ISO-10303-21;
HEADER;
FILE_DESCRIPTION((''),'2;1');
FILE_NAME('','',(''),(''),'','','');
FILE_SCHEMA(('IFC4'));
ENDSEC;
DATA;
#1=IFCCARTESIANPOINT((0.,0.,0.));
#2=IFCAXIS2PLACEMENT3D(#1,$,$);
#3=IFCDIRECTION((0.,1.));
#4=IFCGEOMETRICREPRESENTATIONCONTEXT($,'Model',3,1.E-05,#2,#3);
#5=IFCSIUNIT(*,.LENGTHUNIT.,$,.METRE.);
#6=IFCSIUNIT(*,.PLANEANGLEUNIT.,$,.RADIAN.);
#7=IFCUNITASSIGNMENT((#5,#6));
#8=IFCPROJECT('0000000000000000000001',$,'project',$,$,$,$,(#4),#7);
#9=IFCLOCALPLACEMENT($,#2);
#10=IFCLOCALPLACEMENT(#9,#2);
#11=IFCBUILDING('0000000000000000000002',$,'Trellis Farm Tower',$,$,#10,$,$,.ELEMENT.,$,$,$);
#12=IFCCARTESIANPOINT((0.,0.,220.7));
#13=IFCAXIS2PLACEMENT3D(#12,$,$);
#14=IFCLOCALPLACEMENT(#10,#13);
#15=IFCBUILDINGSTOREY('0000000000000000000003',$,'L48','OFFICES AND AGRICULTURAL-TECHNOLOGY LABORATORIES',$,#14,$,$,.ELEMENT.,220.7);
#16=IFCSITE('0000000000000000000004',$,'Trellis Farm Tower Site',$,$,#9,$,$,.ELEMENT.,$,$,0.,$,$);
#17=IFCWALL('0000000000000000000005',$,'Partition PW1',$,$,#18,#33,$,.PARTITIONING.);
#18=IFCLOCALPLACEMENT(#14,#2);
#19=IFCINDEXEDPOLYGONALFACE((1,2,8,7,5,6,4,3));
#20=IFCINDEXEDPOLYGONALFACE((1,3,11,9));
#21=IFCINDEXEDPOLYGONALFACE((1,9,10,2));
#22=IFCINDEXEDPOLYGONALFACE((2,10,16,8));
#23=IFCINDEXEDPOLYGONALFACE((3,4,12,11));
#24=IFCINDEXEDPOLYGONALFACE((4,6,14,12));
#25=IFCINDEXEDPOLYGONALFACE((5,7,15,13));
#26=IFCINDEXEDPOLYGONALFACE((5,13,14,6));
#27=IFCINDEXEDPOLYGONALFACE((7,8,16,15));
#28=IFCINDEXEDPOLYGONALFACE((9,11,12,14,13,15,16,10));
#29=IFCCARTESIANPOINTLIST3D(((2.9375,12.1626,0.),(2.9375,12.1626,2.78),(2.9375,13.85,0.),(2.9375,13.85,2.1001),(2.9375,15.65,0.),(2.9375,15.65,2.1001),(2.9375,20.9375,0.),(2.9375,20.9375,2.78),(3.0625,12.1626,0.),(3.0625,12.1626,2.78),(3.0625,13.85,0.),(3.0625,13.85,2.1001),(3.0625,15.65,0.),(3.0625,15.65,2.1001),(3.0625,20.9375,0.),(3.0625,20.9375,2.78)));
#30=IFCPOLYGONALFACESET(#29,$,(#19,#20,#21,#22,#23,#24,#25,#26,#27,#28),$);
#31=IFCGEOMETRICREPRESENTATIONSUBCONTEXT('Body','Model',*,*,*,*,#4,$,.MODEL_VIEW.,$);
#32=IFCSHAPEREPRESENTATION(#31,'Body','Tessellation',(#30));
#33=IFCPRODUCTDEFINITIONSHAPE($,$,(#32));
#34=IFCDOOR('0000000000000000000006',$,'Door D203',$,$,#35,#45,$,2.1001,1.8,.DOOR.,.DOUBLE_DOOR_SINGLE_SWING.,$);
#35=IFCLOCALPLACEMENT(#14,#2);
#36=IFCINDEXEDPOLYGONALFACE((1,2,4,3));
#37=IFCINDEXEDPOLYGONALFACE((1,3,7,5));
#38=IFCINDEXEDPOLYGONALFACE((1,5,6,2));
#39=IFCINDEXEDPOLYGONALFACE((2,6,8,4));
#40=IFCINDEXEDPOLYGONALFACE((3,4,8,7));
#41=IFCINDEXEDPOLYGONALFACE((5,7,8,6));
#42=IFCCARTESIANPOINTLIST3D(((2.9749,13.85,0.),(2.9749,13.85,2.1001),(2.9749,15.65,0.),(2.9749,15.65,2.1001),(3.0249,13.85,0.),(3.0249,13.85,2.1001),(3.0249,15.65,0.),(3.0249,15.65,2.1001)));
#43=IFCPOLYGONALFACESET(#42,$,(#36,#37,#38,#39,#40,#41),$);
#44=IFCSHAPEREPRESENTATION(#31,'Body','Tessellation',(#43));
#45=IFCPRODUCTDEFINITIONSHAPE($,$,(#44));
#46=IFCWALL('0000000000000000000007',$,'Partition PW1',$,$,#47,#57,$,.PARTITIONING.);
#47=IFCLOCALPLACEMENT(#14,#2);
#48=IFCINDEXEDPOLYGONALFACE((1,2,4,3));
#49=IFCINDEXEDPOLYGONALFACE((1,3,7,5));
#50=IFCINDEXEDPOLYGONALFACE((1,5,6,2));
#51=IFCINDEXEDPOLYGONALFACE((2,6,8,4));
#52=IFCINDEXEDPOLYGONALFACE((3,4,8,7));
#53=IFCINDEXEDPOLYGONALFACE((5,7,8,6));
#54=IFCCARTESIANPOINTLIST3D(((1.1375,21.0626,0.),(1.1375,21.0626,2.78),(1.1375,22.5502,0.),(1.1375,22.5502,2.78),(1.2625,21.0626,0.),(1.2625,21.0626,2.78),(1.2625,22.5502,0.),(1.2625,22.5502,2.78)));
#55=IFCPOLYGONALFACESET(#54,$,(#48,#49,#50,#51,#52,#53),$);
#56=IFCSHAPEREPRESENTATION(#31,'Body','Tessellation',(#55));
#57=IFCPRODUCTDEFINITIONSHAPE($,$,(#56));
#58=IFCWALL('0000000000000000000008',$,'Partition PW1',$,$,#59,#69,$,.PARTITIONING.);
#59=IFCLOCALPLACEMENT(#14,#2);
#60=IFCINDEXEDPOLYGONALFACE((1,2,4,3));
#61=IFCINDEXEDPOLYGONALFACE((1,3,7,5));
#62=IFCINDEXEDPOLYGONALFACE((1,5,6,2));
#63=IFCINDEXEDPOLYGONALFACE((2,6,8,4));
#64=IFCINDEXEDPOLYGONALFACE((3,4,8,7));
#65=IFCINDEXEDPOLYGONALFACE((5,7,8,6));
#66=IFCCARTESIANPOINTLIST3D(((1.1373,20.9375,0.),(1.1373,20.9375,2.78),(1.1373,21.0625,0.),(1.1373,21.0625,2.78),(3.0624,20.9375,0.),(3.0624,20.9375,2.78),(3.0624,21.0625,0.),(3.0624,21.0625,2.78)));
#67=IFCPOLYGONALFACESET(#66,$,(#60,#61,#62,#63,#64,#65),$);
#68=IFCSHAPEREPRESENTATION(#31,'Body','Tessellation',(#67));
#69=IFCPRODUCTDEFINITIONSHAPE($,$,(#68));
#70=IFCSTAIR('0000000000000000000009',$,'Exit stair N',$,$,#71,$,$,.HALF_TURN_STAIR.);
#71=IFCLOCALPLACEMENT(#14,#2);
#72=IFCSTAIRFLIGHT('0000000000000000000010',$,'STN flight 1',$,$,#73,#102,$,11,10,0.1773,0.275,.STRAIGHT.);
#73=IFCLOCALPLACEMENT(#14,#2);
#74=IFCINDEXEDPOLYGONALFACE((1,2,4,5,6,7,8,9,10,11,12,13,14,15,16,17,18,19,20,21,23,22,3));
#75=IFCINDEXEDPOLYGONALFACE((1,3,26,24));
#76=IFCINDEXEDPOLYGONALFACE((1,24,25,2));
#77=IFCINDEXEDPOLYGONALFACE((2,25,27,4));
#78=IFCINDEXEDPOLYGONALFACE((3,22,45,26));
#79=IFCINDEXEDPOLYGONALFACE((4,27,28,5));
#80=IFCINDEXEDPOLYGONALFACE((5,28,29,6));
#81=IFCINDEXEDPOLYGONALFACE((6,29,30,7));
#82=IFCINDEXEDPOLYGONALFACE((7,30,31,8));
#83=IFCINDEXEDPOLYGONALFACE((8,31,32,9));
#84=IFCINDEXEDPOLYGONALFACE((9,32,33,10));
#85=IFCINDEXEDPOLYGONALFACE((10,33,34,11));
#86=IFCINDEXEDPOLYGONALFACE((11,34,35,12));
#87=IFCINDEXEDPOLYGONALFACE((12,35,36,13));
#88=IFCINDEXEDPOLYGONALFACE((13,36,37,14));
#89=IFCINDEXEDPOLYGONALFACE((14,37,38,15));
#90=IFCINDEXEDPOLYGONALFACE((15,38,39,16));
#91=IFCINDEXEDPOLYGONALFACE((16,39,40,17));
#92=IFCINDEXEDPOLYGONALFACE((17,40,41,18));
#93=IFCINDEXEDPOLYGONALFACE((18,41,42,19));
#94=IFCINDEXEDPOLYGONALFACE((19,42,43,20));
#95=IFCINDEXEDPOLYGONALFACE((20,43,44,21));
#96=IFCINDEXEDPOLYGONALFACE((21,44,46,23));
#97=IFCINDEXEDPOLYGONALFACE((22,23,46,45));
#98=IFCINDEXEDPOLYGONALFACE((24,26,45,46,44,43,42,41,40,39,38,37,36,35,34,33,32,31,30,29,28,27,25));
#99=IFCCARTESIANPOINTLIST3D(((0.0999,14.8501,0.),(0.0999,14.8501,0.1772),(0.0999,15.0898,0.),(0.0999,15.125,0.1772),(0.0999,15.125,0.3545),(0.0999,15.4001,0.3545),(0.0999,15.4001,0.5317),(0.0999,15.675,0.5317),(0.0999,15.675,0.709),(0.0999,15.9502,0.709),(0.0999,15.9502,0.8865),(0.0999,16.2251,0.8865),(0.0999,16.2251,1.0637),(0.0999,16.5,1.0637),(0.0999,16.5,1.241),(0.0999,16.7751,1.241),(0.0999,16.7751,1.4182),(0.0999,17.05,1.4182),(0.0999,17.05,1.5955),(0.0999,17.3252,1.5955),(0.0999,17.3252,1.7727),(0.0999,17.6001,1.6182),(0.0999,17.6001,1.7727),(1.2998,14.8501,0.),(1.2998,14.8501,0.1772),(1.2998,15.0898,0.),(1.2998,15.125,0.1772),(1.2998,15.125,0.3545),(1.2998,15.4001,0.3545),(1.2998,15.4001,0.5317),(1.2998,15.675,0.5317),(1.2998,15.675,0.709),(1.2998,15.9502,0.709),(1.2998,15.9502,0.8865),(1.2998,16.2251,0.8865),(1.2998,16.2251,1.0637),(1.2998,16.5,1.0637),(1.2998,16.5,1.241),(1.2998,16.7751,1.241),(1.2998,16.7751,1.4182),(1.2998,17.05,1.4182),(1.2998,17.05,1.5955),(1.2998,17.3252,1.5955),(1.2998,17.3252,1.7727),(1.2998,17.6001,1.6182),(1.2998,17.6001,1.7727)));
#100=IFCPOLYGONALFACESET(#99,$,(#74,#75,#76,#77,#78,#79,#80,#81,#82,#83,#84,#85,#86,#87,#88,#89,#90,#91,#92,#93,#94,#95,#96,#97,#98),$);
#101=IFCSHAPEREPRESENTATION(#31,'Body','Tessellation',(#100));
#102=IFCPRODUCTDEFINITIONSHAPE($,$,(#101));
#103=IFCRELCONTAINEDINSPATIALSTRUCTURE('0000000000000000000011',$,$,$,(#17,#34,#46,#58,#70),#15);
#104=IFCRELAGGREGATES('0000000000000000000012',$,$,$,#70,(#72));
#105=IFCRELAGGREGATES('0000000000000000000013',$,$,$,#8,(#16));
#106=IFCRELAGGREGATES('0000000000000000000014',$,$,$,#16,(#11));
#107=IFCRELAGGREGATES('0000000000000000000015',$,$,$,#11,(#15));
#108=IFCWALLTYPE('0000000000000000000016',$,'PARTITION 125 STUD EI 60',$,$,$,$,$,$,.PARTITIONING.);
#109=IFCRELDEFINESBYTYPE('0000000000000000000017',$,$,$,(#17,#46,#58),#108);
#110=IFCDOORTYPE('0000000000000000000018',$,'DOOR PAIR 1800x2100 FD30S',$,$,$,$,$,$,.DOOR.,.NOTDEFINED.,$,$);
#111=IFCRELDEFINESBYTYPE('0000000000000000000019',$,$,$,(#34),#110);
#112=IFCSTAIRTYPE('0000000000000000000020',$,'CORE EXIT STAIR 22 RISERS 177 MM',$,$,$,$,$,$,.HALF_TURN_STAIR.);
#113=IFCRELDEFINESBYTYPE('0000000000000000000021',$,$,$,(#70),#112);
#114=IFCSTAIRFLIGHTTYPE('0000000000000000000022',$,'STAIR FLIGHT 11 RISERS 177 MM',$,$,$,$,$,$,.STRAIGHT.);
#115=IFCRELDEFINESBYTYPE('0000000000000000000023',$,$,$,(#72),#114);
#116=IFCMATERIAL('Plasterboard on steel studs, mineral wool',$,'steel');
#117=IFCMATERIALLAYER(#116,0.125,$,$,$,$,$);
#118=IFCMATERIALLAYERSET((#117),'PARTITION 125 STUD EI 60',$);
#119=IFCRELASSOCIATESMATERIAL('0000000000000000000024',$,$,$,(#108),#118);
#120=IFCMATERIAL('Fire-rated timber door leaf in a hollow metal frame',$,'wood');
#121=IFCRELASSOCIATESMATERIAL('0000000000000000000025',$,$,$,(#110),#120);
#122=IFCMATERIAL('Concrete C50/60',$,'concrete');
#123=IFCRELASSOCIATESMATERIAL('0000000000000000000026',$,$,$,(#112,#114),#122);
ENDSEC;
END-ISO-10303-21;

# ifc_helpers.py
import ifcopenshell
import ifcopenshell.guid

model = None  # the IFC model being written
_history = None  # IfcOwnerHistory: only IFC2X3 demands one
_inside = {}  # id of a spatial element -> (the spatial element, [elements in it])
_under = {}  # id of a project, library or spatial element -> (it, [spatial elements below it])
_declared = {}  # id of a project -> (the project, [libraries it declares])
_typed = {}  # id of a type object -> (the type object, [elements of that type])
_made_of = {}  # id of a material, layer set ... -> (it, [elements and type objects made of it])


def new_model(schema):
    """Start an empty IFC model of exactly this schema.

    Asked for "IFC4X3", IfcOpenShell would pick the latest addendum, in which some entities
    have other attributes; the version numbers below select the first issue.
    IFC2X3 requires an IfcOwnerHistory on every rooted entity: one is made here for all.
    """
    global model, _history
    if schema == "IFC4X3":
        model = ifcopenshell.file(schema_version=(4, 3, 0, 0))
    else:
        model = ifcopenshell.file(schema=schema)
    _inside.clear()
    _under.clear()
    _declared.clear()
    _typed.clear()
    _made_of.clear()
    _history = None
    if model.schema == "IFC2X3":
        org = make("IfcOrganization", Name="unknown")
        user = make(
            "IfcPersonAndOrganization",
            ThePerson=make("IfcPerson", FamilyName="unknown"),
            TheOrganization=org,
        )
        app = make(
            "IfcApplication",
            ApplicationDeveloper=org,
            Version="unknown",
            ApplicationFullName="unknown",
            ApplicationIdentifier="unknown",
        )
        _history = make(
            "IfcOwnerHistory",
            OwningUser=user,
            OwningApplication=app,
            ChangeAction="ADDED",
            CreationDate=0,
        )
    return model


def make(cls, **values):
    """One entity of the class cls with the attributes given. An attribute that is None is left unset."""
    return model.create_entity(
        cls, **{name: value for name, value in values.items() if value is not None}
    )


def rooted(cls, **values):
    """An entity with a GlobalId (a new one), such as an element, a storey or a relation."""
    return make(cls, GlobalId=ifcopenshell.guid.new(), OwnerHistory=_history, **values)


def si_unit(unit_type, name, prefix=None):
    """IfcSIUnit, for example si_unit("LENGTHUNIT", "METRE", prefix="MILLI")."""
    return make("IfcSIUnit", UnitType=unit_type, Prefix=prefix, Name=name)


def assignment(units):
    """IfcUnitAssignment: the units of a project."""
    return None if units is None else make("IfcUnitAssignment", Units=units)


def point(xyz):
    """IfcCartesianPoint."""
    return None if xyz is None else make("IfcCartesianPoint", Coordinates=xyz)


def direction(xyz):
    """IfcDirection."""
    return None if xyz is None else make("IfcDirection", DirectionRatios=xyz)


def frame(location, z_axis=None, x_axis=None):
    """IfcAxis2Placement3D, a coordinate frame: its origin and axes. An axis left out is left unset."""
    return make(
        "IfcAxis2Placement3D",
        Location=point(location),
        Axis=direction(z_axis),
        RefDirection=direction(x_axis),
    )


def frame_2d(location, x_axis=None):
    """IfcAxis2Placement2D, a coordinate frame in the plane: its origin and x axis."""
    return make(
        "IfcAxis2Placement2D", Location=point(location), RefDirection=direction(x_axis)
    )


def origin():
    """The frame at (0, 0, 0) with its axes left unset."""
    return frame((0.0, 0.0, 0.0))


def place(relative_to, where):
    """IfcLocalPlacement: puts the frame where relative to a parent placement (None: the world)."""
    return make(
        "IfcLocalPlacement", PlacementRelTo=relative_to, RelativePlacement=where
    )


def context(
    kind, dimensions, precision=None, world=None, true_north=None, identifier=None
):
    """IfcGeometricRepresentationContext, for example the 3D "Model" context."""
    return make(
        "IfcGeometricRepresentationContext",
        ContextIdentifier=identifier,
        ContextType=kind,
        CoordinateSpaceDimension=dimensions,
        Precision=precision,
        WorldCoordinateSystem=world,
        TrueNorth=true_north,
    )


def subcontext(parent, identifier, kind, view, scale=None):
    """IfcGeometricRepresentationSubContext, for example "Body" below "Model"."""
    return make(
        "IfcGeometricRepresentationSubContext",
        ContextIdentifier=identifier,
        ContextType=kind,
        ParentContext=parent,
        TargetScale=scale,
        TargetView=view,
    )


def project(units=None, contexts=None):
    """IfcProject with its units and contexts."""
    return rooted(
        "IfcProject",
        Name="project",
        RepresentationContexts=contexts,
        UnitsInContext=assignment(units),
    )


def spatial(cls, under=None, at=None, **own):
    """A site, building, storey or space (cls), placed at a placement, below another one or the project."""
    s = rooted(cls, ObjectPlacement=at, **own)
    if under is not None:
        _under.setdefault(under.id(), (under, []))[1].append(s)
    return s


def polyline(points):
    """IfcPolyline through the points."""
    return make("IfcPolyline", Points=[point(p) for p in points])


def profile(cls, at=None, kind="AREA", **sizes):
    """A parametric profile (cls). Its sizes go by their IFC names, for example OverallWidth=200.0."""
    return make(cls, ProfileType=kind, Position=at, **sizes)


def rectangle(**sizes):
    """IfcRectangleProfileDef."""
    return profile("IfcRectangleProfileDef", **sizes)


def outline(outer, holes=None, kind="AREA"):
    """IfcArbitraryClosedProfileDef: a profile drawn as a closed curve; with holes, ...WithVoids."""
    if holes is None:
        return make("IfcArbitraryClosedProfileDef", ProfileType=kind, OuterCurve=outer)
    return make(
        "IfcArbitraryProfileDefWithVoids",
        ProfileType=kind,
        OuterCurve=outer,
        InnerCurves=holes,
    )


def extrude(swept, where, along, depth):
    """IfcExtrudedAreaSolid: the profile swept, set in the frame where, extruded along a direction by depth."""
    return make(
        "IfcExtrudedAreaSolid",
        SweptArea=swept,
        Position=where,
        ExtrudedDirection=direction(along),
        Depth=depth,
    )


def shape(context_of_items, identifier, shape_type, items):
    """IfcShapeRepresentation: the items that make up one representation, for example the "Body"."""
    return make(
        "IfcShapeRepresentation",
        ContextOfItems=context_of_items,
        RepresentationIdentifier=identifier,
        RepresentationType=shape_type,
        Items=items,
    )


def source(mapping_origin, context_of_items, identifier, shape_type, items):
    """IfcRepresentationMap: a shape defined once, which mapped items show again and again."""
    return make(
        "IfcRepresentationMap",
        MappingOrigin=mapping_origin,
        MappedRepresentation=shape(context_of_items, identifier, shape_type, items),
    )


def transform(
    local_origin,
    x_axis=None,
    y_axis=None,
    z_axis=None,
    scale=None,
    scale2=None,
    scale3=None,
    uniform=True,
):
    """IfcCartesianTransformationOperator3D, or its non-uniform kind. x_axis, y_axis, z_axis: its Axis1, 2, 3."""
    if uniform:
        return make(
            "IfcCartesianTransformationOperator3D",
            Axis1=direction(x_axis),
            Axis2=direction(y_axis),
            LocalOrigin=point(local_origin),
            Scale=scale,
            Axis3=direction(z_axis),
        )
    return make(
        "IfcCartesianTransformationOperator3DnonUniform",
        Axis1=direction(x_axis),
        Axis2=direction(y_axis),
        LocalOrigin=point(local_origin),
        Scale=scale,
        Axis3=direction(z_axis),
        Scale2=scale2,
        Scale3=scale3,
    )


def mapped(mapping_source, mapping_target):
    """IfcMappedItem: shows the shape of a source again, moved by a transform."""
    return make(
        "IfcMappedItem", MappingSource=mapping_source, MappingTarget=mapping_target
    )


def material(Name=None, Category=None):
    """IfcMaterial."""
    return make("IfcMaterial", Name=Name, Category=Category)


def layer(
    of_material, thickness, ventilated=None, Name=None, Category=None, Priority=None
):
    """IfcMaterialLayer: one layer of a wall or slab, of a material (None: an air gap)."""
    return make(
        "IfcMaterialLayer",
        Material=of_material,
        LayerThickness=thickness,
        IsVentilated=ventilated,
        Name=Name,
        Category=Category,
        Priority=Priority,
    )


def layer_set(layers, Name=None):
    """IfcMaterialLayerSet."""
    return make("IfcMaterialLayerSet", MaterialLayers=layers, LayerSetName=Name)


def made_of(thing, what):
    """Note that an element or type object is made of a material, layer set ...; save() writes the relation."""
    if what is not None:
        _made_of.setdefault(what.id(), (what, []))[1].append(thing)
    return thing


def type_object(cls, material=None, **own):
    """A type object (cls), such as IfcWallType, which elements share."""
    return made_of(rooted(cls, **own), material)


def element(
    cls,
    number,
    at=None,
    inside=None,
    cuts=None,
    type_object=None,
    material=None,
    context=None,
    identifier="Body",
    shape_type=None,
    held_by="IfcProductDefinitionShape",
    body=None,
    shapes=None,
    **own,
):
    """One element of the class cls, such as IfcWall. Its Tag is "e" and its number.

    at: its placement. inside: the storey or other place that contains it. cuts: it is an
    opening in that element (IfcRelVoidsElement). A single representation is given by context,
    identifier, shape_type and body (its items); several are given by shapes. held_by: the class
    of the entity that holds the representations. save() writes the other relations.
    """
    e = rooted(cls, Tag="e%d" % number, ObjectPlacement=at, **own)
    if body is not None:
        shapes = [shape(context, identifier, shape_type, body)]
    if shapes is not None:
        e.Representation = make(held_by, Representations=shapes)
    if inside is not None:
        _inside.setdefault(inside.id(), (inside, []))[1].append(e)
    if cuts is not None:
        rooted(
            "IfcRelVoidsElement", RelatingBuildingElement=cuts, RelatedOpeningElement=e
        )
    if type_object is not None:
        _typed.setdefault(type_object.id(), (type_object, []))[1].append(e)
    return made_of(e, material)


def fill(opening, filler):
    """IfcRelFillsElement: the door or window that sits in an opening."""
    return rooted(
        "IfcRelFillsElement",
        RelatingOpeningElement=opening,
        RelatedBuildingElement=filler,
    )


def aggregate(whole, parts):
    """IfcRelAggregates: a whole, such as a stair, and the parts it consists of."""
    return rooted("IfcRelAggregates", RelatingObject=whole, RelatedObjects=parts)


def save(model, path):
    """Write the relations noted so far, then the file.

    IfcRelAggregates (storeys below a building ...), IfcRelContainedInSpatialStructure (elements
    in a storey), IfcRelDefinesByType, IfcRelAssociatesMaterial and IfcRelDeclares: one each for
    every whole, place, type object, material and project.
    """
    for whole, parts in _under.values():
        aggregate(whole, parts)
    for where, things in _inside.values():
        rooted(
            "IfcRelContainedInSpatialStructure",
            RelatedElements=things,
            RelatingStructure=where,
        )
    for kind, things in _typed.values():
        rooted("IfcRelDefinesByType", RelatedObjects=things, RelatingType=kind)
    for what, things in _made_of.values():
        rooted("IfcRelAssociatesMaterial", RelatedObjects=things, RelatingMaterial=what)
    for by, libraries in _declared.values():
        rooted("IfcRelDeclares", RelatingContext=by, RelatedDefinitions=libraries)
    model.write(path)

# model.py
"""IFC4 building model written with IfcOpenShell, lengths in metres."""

from ifc_helpers import new_model, si_unit, direction, frame, frame_2d, origin, place, context, subcontext, project, spatial, polyline, rectangle, outline, extrude, source, transform, mapped, material, layer, layer_set, type_object, element, fill, aggregate, save


model = new_model("IFC4")

# Units and contexts
model_context = context("Model", 3, precision=1e-05, world=origin(), true_north=direction((0.0, 1.0)))
body_context = subcontext(model_context, "Body", "Model", "MODEL_VIEW")
ifc_project = project(units=[si_unit("LENGTHUNIT", "METRE"), si_unit("PLANEANGLEUNIT", "RADIAN")], contexts=[model_context])

# Site, building, storey
site_placement = place(None, origin())
site = spatial("IfcSite", under=ifc_project, at=site_placement, Name="Trellis Farm Tower Site", CompositionType="ELEMENT", RefElevation=0.0)
building_placement = place(site_placement, origin())
building = spatial("IfcBuilding", under=site, at=building_placement, Name="Trellis Farm Tower", CompositionType="ELEMENT")
storey_placement = place(building_placement, frame((0.0, 0.0, 220.7)))
storey = spatial("IfcBuildingStorey", under=building, at=storey_placement, Name="L48", Description="OFFICES AND AGRICULTURAL-TECHNOLOGY LABORATORIES", CompositionType="ELEMENT", Elevation=220.7)

# Shared definitions
placement_1 = place(storey_placement, origin())

# Shared definitions
ifc_material_1 = material(Name="Plasterboard on steel studs, mineral wool", Category="steel")
ifc_layer_1 = layer(ifc_material_1, 0.125)
ifc_layer_set_1 = layer_set([ifc_layer_1], Name="PARTITION 125 STUD EI 60")
wall_type_1 = type_object("IfcWallType", Name="PARTITION 125 STUD EI 60", PredefinedType="PARTITIONING", material=ifc_layer_set_1)

# Wall, opening, door
shared_shape_1 = source(origin(), body_context, "Body", "SweptSolid", [
    extrude(rectangle(XDim=8.7749, YDim=0.125, at=frame_2d((4.3875, 0.0))), origin(), (0.0, 0.0, 1.0), 2.78),
])
wall_1_placement = place(storey_placement, frame((3.0, 20.9375, 0.0), z_axis=(0.0, 0.0, 1.0), x_axis=(0.0, -1.0, 0.0)))
wall_1 = element("IfcWall", 1, at=wall_1_placement, inside=storey, type_object=wall_type_1, Name="Partition PW1", PredefinedType="PARTITIONING", context=body_context, shape_type="MappedRepresentation", body=[
    mapped(shared_shape_1, transform((0.0, 0.0, 0.0))),
])
shared_shape_2 = source(origin(), body_context, "Body", "SweptSolid", [
    extrude(rectangle(XDim=1.8, YDim=2.1001, at=frame_2d((0.8999, 1.05))), frame((0.0, 0.0725, 0.0), z_axis=(0.0, -1.0, 0.0), x_axis=(1.0, 0.0, 0.0)), (0.0, 0.0, 1.0), 0.145),
])
opening_placement = place(wall_1_placement, frame((5.2876, 0.0, 0.0)))
opening = element("IfcOpeningElement", 2, at=opening_placement, cuts=wall_1, PredefinedType="OPENING", context=body_context, shape_type="MappedRepresentation", body=[
    mapped(shared_shape_2, transform((0.0, 0.0, 0.0))),
])
ifc_material_2 = material(Name="Fire-rated timber door leaf in a hollow metal frame", Category="wood")
door_type = type_object("IfcDoorType", Name="DOOR PAIR 1800x2100 FD30S", OperationType="NOTDEFINED", PredefinedType="DOOR", material=ifc_material_2)
shared_shape_3 = source(origin(), body_context, "Body", "SweptSolid", [
    extrude(rectangle(XDim=1.8, YDim=2.1001, at=frame_2d((0.8999, 1.05))), frame((0.0, 0.0249, 0.0), z_axis=(0.0, -1.0, 0.0), x_axis=(1.0, 0.0, 0.0)), (0.0, 0.0, 1.0), 0.05),
])
door_placement = place(opening_placement, origin())
door = element("IfcDoor", 3, at=door_placement, inside=storey, type_object=door_type, Name="Door D203", OperationType="DOUBLE_DOOR_SINGLE_SWING", OverallHeight=2.1001, OverallWidth=1.8, PredefinedType="DOOR", context=body_context, shape_type="MappedRepresentation", body=[
    mapped(shared_shape_3, transform((0.0, 0.0, 0.0))),
])
fill(opening, door)

# Walls
shared_shape_4 = source(origin(), body_context, "Body", "SweptSolid", [
    extrude(rectangle(XDim=1.4875, YDim=0.125, at=frame_2d((0.7437, 0.0))), origin(), (0.0, 0.0, 1.0), 2.78),
])
wall_2_placement = place(storey_placement, frame((1.2, 22.55, 0.0), z_axis=(0.0, 0.0, 1.0), x_axis=(0.0, -1.0, 0.0)))
element("IfcWall", 4, at=wall_2_placement, inside=storey, type_object=wall_type_1, Name="Partition PW1", PredefinedType="PARTITIONING", context=body_context, shape_type="MappedRepresentation", body=[
    mapped(shared_shape_4, transform((0.0, 0.0, 0.0))),
])
shared_shape_5 = source(origin(), body_context, "Body", "SweptSolid", [
    extrude(rectangle(XDim=1.925, YDim=0.125, at=frame_2d((0.9624, 0.0))), origin(), (0.0, 0.0, 1.0), 2.78),
])
wall_3_placement = place(storey_placement, frame((1.1375, 21.0, 0.0), z_axis=(0.0, 0.0, 1.0), x_axis=(1.0, 0.0, 0.0)))
element("IfcWall", 5, at=wall_3_placement, inside=storey, type_object=wall_type_1, Name="Partition PW1", PredefinedType="PARTITIONING", context=body_context, shape_type="MappedRepresentation", body=[
    mapped(shared_shape_5, transform((0.0, 0.0, 0.0))),
])

# Stair, stair flight
ifc_material_3 = material(Name="Concrete C50/60", Category="concrete")
stair_type = type_object("IfcStairType", Name="CORE EXIT STAIR 22 RISERS 177 MM", PredefinedType="HALF_TURN_STAIR", material=ifc_material_3)
stair = element("IfcStair", 6, at=placement_1, inside=storey, type_object=stair_type, Name="Exit stair N", PredefinedType="HALF_TURN_STAIR")
stair_flight_type = type_object("IfcStairFlightType", Name="STAIR FLIGHT 11 RISERS 177 MM", PredefinedType="STRAIGHT", material=ifc_material_3)
shared_shape_6 = source(origin(), body_context, "Body", "SweptSolid", [
    extrude(outline(polyline([(0.0, 0.0), (0.0, 0.1772), (0.2749, 0.1772), (0.2749, 0.3545), (0.55, 0.3545), (0.55, 0.5317), (0.825, 0.5317), (0.825, 0.709), (1.1001, 0.709), (1.1001, 0.8865), (1.375, 0.8865), (1.375, 1.0637), (1.6499, 1.0637), (1.6499, 1.241), (1.925, 1.241), (1.925, 1.4182), (2.2, 1.4182), (2.2, 1.5955), (2.4751, 1.5955), (2.4751, 1.7727), (2.75, 1.7727), (2.75, 1.95), (2.75, 1.6182), (0.2397, 0.0), (0.0, 0.0)])), frame((0.0, 0.6001, 0.0), z_axis=(0.0, -1.0, 0.0), x_axis=(1.0, 0.0, 0.0)), (0.0, 0.0, 1.0), 1.2),
])
stair_flight_placement = place(storey_placement, frame((0.7, 14.8501, 0.0), z_axis=(0.0, 0.0, 1.0), x_axis=(0.0, 1.0, 0.0)))
stair_flight = element("IfcStairFlight", 7, at=stair_flight_placement, type_object=stair_flight_type, Name="STN flight 1", NumberOfRisers=11, NumberOfTreads=10, PredefinedType="STRAIGHT", RiserHeight=0.1773, TreadLength=0.275, context=body_context, shape_type="MappedRepresentation", body=[
    mapped(shared_shape_6, transform((0.0, 0.0, 0.0))),
])
aggregate(stair, [stair_flight])

save(model, "model.ifc")
